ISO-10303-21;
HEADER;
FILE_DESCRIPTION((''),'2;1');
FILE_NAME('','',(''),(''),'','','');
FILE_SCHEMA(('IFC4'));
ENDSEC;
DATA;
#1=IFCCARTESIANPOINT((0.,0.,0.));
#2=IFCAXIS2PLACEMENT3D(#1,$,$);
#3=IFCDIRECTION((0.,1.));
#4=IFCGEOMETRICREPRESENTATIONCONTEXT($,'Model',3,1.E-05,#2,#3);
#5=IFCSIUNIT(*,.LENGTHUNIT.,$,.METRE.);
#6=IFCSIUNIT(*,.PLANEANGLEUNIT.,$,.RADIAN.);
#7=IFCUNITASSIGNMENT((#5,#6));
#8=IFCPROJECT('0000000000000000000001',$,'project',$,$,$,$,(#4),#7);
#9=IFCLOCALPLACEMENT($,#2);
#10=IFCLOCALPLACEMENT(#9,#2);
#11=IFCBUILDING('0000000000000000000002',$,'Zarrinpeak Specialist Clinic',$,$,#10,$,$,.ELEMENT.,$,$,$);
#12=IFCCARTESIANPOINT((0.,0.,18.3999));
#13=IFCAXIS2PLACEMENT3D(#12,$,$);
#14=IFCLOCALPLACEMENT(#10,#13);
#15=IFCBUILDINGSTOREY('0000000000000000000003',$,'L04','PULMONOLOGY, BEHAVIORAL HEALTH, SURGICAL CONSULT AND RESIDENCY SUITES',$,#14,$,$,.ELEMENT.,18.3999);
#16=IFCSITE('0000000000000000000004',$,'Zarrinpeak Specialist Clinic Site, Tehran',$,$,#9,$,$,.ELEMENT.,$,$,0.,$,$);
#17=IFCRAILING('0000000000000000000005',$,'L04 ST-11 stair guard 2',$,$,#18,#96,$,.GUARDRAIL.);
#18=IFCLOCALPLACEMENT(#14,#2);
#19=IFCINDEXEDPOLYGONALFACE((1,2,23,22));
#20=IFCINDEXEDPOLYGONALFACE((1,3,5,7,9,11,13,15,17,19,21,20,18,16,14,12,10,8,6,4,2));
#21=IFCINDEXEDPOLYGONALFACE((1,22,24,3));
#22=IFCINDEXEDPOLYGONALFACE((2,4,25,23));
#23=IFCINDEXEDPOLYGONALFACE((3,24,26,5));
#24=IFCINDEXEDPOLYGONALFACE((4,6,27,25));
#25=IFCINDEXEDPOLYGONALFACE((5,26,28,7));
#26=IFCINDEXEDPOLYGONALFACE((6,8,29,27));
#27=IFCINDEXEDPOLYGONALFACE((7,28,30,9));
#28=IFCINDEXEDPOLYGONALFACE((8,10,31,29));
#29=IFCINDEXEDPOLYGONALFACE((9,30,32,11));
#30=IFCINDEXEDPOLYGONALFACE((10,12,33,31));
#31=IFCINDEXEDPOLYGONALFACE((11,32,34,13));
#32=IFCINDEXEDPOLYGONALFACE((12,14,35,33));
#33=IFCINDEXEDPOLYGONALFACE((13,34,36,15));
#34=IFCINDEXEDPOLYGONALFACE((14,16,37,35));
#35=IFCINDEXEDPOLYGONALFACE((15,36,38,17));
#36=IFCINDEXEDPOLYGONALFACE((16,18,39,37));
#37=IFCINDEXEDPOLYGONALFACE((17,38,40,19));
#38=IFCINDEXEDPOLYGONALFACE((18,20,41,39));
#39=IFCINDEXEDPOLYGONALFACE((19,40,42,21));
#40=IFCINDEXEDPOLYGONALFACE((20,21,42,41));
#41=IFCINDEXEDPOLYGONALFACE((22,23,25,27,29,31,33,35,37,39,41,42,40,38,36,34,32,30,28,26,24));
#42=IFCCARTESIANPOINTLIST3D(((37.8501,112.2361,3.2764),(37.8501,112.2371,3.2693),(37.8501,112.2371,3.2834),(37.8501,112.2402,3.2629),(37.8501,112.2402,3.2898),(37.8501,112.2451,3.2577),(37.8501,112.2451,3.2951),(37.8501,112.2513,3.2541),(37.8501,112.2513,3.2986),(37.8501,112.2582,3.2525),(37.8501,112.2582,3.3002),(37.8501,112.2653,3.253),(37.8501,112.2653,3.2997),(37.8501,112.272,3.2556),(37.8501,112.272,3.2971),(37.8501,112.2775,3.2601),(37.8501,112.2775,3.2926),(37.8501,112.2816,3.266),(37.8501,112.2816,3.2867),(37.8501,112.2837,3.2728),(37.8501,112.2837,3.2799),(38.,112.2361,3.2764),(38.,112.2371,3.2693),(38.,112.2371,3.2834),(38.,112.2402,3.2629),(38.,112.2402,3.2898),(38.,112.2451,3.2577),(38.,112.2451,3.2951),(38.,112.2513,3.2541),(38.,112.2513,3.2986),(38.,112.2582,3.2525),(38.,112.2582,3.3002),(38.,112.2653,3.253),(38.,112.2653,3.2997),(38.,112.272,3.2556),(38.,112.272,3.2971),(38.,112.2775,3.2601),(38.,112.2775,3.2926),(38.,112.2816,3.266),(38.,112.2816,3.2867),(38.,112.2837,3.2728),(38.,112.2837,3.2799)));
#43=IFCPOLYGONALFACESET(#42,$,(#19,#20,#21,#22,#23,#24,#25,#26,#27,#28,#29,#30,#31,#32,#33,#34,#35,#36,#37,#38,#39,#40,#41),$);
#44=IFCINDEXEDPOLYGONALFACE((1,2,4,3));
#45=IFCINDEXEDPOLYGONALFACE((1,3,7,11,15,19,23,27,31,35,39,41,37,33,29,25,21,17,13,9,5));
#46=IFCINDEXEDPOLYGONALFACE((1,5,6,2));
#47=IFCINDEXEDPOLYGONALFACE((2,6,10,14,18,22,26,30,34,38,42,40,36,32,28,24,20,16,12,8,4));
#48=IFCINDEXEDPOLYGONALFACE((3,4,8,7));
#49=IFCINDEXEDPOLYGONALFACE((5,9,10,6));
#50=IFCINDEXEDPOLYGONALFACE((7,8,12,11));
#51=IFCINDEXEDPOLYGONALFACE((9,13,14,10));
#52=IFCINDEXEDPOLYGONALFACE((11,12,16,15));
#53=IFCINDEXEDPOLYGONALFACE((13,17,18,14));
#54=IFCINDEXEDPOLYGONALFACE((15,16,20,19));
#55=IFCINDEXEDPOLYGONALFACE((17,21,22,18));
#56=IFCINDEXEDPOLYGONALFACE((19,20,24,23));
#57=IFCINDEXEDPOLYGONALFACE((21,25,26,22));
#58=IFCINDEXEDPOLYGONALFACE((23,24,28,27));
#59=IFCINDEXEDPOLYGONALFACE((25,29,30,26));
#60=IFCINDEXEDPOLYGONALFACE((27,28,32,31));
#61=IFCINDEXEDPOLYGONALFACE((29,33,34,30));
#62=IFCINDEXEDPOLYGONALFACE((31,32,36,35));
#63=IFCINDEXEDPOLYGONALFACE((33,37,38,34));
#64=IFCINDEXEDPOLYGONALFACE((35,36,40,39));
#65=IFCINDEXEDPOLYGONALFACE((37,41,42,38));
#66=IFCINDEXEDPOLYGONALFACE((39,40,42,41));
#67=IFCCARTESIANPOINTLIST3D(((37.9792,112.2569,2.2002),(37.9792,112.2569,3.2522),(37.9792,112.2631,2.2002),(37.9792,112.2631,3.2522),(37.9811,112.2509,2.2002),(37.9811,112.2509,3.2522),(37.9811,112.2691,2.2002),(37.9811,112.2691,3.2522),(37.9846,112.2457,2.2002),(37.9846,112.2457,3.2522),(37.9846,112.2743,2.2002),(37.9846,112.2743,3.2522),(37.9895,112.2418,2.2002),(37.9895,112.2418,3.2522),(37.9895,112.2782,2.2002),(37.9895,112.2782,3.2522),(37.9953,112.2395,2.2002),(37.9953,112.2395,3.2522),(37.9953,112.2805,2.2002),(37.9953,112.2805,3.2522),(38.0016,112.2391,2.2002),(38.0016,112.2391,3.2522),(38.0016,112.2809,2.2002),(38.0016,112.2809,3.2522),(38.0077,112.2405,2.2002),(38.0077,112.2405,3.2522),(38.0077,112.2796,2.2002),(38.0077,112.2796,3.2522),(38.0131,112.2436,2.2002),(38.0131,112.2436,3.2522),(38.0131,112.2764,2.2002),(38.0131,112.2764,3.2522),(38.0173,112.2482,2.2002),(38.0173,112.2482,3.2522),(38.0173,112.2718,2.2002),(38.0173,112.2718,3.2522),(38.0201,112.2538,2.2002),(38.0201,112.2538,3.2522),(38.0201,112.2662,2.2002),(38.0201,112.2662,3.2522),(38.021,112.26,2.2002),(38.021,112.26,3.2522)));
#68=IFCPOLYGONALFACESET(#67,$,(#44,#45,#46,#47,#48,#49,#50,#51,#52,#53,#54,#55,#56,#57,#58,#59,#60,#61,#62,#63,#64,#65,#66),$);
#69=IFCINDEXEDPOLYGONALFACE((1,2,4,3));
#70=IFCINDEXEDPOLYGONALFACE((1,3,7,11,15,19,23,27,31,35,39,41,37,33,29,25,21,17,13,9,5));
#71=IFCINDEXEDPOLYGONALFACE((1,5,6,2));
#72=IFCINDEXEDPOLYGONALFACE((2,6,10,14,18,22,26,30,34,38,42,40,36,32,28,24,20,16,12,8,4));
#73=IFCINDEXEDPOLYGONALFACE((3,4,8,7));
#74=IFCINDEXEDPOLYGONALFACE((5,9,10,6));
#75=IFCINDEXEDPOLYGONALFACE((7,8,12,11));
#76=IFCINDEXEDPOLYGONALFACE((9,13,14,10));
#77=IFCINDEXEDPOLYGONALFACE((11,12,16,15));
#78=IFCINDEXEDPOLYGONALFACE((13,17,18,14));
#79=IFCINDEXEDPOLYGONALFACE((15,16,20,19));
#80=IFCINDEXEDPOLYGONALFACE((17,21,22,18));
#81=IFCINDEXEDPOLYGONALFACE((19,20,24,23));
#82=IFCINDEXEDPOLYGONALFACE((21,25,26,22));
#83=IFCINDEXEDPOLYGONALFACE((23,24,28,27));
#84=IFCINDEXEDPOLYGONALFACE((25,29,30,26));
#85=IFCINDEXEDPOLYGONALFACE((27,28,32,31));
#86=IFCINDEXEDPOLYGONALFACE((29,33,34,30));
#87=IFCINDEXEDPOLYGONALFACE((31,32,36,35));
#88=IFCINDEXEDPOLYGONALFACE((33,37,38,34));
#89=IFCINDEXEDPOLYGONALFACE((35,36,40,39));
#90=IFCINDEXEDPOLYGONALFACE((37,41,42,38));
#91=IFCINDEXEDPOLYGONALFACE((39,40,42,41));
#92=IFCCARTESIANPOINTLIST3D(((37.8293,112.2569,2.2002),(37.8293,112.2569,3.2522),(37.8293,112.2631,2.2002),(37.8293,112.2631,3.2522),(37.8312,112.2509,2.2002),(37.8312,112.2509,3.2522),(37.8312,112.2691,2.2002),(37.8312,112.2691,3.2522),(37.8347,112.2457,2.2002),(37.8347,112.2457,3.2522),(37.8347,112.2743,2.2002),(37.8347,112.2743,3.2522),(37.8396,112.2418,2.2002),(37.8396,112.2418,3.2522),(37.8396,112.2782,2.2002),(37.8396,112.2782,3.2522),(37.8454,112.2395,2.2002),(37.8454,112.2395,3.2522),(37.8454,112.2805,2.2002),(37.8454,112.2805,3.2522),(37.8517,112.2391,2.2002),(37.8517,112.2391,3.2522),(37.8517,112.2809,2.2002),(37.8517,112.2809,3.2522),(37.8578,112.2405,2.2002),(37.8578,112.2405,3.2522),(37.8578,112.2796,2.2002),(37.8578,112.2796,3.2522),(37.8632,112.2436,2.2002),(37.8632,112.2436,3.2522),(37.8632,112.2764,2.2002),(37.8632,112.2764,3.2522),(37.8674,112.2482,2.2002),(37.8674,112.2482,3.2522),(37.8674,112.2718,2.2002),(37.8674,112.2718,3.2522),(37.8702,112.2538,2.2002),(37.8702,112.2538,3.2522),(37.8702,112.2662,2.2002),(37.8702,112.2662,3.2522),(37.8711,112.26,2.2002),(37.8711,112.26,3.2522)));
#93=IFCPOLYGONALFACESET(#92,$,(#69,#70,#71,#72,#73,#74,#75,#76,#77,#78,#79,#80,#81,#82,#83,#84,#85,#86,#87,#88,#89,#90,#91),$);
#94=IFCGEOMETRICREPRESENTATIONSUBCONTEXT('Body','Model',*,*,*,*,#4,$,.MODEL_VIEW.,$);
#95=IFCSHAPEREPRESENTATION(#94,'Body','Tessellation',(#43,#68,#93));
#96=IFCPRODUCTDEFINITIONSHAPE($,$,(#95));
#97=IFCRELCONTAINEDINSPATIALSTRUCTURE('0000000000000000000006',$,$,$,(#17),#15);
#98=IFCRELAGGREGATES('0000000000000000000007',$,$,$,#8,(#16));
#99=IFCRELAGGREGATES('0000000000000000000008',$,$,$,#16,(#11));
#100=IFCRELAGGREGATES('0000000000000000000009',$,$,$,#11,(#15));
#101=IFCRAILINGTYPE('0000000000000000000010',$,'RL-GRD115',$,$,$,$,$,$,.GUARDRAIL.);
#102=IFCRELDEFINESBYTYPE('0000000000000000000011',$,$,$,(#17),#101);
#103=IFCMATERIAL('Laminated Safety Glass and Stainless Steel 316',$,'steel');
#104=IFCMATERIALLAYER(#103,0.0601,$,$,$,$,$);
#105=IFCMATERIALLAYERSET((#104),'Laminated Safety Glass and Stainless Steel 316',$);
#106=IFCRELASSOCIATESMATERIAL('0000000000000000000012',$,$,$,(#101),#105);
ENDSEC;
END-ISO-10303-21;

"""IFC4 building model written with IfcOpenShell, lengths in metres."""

from ifc_helpers import new_model, si_unit, direction, frame, origin, origin_2d, place, context, subcontext, project, spatial, circle, extrude, material, layer, layer_set, type_object, element, save


model = new_model("IFC4")

# Units and contexts
model_context = context("Model", 3, precision=1e-05, world=origin(), true_north=direction((0.0, 1.0)))
body_context = subcontext(model_context, "Body", "Model", "MODEL_VIEW")
ifc_project = project(units=[si_unit("LENGTHUNIT", "METRE"), si_unit("PLANEANGLEUNIT", "RADIAN")], contexts=[model_context])

# Site, building, storey
site_placement = place(None, origin())
site = spatial("IfcSite", under=ifc_project, at=site_placement, Name="Zarrinpeak Specialist Clinic Site, Tehran", CompositionType="ELEMENT", RefElevation=0.0)
building_placement = place(site_placement, origin())
building = spatial("IfcBuilding", under=site, at=building_placement, Name="Zarrinpeak Specialist Clinic", CompositionType="ELEMENT")
storey_placement = place(building_placement, frame((0.0, 0.0, 18.3999)))
storey = spatial("IfcBuildingStorey", under=building, at=storey_placement, Name="L04", Description="PULMONOLOGY, BEHAVIORAL HEALTH, SURGICAL CONSULT AND RESIDENCY SUITES", CompositionType="ELEMENT", Elevation=18.3999)

# Railing
ifc_material_1 = material(Name="Laminated Safety Glass and Stainless Steel 316", Category="steel")
ifc_layer_1 = layer(ifc_material_1, 0.0601)
ifc_layer_set_1 = layer_set([ifc_layer_1], Name="Laminated Safety Glass and Stainless Steel 316")
railing_type_1 = type_object("IfcRailingType", Name="RL-GRD115", PredefinedType="GUARDRAIL", material=ifc_layer_set_1)
railing_1_placement = place(storey_placement, frame((38.0, 112.26, 2.2002)))
element("IfcRailing", 1, at=railing_1_placement, inside=storey, type_object=railing_type_1, Name="L04 ST-11 stair guard 2", PredefinedType="GUARDRAIL", context=body_context, shape_type="SweptSolid", body=[
    extrude(circle(Radius=0.0239, at=origin_2d()), frame((0.0, 0.0, 1.0762), z_axis=(-1.0, 0.0, 0.0), x_axis=(0.0, -1.0, 0.0)), (0.0, 0.0, 1.0), 0.1499),
    extrude(circle(Radius=0.021, at=origin_2d()), origin(), (0.0, 0.0, 1.0), 1.052),
    extrude(circle(Radius=0.021, at=origin_2d()), frame((-0.1499, 0.0, 0.0)), (0.0, 0.0, 1.0), 1.052),
])

save(model, "model.ifc")
